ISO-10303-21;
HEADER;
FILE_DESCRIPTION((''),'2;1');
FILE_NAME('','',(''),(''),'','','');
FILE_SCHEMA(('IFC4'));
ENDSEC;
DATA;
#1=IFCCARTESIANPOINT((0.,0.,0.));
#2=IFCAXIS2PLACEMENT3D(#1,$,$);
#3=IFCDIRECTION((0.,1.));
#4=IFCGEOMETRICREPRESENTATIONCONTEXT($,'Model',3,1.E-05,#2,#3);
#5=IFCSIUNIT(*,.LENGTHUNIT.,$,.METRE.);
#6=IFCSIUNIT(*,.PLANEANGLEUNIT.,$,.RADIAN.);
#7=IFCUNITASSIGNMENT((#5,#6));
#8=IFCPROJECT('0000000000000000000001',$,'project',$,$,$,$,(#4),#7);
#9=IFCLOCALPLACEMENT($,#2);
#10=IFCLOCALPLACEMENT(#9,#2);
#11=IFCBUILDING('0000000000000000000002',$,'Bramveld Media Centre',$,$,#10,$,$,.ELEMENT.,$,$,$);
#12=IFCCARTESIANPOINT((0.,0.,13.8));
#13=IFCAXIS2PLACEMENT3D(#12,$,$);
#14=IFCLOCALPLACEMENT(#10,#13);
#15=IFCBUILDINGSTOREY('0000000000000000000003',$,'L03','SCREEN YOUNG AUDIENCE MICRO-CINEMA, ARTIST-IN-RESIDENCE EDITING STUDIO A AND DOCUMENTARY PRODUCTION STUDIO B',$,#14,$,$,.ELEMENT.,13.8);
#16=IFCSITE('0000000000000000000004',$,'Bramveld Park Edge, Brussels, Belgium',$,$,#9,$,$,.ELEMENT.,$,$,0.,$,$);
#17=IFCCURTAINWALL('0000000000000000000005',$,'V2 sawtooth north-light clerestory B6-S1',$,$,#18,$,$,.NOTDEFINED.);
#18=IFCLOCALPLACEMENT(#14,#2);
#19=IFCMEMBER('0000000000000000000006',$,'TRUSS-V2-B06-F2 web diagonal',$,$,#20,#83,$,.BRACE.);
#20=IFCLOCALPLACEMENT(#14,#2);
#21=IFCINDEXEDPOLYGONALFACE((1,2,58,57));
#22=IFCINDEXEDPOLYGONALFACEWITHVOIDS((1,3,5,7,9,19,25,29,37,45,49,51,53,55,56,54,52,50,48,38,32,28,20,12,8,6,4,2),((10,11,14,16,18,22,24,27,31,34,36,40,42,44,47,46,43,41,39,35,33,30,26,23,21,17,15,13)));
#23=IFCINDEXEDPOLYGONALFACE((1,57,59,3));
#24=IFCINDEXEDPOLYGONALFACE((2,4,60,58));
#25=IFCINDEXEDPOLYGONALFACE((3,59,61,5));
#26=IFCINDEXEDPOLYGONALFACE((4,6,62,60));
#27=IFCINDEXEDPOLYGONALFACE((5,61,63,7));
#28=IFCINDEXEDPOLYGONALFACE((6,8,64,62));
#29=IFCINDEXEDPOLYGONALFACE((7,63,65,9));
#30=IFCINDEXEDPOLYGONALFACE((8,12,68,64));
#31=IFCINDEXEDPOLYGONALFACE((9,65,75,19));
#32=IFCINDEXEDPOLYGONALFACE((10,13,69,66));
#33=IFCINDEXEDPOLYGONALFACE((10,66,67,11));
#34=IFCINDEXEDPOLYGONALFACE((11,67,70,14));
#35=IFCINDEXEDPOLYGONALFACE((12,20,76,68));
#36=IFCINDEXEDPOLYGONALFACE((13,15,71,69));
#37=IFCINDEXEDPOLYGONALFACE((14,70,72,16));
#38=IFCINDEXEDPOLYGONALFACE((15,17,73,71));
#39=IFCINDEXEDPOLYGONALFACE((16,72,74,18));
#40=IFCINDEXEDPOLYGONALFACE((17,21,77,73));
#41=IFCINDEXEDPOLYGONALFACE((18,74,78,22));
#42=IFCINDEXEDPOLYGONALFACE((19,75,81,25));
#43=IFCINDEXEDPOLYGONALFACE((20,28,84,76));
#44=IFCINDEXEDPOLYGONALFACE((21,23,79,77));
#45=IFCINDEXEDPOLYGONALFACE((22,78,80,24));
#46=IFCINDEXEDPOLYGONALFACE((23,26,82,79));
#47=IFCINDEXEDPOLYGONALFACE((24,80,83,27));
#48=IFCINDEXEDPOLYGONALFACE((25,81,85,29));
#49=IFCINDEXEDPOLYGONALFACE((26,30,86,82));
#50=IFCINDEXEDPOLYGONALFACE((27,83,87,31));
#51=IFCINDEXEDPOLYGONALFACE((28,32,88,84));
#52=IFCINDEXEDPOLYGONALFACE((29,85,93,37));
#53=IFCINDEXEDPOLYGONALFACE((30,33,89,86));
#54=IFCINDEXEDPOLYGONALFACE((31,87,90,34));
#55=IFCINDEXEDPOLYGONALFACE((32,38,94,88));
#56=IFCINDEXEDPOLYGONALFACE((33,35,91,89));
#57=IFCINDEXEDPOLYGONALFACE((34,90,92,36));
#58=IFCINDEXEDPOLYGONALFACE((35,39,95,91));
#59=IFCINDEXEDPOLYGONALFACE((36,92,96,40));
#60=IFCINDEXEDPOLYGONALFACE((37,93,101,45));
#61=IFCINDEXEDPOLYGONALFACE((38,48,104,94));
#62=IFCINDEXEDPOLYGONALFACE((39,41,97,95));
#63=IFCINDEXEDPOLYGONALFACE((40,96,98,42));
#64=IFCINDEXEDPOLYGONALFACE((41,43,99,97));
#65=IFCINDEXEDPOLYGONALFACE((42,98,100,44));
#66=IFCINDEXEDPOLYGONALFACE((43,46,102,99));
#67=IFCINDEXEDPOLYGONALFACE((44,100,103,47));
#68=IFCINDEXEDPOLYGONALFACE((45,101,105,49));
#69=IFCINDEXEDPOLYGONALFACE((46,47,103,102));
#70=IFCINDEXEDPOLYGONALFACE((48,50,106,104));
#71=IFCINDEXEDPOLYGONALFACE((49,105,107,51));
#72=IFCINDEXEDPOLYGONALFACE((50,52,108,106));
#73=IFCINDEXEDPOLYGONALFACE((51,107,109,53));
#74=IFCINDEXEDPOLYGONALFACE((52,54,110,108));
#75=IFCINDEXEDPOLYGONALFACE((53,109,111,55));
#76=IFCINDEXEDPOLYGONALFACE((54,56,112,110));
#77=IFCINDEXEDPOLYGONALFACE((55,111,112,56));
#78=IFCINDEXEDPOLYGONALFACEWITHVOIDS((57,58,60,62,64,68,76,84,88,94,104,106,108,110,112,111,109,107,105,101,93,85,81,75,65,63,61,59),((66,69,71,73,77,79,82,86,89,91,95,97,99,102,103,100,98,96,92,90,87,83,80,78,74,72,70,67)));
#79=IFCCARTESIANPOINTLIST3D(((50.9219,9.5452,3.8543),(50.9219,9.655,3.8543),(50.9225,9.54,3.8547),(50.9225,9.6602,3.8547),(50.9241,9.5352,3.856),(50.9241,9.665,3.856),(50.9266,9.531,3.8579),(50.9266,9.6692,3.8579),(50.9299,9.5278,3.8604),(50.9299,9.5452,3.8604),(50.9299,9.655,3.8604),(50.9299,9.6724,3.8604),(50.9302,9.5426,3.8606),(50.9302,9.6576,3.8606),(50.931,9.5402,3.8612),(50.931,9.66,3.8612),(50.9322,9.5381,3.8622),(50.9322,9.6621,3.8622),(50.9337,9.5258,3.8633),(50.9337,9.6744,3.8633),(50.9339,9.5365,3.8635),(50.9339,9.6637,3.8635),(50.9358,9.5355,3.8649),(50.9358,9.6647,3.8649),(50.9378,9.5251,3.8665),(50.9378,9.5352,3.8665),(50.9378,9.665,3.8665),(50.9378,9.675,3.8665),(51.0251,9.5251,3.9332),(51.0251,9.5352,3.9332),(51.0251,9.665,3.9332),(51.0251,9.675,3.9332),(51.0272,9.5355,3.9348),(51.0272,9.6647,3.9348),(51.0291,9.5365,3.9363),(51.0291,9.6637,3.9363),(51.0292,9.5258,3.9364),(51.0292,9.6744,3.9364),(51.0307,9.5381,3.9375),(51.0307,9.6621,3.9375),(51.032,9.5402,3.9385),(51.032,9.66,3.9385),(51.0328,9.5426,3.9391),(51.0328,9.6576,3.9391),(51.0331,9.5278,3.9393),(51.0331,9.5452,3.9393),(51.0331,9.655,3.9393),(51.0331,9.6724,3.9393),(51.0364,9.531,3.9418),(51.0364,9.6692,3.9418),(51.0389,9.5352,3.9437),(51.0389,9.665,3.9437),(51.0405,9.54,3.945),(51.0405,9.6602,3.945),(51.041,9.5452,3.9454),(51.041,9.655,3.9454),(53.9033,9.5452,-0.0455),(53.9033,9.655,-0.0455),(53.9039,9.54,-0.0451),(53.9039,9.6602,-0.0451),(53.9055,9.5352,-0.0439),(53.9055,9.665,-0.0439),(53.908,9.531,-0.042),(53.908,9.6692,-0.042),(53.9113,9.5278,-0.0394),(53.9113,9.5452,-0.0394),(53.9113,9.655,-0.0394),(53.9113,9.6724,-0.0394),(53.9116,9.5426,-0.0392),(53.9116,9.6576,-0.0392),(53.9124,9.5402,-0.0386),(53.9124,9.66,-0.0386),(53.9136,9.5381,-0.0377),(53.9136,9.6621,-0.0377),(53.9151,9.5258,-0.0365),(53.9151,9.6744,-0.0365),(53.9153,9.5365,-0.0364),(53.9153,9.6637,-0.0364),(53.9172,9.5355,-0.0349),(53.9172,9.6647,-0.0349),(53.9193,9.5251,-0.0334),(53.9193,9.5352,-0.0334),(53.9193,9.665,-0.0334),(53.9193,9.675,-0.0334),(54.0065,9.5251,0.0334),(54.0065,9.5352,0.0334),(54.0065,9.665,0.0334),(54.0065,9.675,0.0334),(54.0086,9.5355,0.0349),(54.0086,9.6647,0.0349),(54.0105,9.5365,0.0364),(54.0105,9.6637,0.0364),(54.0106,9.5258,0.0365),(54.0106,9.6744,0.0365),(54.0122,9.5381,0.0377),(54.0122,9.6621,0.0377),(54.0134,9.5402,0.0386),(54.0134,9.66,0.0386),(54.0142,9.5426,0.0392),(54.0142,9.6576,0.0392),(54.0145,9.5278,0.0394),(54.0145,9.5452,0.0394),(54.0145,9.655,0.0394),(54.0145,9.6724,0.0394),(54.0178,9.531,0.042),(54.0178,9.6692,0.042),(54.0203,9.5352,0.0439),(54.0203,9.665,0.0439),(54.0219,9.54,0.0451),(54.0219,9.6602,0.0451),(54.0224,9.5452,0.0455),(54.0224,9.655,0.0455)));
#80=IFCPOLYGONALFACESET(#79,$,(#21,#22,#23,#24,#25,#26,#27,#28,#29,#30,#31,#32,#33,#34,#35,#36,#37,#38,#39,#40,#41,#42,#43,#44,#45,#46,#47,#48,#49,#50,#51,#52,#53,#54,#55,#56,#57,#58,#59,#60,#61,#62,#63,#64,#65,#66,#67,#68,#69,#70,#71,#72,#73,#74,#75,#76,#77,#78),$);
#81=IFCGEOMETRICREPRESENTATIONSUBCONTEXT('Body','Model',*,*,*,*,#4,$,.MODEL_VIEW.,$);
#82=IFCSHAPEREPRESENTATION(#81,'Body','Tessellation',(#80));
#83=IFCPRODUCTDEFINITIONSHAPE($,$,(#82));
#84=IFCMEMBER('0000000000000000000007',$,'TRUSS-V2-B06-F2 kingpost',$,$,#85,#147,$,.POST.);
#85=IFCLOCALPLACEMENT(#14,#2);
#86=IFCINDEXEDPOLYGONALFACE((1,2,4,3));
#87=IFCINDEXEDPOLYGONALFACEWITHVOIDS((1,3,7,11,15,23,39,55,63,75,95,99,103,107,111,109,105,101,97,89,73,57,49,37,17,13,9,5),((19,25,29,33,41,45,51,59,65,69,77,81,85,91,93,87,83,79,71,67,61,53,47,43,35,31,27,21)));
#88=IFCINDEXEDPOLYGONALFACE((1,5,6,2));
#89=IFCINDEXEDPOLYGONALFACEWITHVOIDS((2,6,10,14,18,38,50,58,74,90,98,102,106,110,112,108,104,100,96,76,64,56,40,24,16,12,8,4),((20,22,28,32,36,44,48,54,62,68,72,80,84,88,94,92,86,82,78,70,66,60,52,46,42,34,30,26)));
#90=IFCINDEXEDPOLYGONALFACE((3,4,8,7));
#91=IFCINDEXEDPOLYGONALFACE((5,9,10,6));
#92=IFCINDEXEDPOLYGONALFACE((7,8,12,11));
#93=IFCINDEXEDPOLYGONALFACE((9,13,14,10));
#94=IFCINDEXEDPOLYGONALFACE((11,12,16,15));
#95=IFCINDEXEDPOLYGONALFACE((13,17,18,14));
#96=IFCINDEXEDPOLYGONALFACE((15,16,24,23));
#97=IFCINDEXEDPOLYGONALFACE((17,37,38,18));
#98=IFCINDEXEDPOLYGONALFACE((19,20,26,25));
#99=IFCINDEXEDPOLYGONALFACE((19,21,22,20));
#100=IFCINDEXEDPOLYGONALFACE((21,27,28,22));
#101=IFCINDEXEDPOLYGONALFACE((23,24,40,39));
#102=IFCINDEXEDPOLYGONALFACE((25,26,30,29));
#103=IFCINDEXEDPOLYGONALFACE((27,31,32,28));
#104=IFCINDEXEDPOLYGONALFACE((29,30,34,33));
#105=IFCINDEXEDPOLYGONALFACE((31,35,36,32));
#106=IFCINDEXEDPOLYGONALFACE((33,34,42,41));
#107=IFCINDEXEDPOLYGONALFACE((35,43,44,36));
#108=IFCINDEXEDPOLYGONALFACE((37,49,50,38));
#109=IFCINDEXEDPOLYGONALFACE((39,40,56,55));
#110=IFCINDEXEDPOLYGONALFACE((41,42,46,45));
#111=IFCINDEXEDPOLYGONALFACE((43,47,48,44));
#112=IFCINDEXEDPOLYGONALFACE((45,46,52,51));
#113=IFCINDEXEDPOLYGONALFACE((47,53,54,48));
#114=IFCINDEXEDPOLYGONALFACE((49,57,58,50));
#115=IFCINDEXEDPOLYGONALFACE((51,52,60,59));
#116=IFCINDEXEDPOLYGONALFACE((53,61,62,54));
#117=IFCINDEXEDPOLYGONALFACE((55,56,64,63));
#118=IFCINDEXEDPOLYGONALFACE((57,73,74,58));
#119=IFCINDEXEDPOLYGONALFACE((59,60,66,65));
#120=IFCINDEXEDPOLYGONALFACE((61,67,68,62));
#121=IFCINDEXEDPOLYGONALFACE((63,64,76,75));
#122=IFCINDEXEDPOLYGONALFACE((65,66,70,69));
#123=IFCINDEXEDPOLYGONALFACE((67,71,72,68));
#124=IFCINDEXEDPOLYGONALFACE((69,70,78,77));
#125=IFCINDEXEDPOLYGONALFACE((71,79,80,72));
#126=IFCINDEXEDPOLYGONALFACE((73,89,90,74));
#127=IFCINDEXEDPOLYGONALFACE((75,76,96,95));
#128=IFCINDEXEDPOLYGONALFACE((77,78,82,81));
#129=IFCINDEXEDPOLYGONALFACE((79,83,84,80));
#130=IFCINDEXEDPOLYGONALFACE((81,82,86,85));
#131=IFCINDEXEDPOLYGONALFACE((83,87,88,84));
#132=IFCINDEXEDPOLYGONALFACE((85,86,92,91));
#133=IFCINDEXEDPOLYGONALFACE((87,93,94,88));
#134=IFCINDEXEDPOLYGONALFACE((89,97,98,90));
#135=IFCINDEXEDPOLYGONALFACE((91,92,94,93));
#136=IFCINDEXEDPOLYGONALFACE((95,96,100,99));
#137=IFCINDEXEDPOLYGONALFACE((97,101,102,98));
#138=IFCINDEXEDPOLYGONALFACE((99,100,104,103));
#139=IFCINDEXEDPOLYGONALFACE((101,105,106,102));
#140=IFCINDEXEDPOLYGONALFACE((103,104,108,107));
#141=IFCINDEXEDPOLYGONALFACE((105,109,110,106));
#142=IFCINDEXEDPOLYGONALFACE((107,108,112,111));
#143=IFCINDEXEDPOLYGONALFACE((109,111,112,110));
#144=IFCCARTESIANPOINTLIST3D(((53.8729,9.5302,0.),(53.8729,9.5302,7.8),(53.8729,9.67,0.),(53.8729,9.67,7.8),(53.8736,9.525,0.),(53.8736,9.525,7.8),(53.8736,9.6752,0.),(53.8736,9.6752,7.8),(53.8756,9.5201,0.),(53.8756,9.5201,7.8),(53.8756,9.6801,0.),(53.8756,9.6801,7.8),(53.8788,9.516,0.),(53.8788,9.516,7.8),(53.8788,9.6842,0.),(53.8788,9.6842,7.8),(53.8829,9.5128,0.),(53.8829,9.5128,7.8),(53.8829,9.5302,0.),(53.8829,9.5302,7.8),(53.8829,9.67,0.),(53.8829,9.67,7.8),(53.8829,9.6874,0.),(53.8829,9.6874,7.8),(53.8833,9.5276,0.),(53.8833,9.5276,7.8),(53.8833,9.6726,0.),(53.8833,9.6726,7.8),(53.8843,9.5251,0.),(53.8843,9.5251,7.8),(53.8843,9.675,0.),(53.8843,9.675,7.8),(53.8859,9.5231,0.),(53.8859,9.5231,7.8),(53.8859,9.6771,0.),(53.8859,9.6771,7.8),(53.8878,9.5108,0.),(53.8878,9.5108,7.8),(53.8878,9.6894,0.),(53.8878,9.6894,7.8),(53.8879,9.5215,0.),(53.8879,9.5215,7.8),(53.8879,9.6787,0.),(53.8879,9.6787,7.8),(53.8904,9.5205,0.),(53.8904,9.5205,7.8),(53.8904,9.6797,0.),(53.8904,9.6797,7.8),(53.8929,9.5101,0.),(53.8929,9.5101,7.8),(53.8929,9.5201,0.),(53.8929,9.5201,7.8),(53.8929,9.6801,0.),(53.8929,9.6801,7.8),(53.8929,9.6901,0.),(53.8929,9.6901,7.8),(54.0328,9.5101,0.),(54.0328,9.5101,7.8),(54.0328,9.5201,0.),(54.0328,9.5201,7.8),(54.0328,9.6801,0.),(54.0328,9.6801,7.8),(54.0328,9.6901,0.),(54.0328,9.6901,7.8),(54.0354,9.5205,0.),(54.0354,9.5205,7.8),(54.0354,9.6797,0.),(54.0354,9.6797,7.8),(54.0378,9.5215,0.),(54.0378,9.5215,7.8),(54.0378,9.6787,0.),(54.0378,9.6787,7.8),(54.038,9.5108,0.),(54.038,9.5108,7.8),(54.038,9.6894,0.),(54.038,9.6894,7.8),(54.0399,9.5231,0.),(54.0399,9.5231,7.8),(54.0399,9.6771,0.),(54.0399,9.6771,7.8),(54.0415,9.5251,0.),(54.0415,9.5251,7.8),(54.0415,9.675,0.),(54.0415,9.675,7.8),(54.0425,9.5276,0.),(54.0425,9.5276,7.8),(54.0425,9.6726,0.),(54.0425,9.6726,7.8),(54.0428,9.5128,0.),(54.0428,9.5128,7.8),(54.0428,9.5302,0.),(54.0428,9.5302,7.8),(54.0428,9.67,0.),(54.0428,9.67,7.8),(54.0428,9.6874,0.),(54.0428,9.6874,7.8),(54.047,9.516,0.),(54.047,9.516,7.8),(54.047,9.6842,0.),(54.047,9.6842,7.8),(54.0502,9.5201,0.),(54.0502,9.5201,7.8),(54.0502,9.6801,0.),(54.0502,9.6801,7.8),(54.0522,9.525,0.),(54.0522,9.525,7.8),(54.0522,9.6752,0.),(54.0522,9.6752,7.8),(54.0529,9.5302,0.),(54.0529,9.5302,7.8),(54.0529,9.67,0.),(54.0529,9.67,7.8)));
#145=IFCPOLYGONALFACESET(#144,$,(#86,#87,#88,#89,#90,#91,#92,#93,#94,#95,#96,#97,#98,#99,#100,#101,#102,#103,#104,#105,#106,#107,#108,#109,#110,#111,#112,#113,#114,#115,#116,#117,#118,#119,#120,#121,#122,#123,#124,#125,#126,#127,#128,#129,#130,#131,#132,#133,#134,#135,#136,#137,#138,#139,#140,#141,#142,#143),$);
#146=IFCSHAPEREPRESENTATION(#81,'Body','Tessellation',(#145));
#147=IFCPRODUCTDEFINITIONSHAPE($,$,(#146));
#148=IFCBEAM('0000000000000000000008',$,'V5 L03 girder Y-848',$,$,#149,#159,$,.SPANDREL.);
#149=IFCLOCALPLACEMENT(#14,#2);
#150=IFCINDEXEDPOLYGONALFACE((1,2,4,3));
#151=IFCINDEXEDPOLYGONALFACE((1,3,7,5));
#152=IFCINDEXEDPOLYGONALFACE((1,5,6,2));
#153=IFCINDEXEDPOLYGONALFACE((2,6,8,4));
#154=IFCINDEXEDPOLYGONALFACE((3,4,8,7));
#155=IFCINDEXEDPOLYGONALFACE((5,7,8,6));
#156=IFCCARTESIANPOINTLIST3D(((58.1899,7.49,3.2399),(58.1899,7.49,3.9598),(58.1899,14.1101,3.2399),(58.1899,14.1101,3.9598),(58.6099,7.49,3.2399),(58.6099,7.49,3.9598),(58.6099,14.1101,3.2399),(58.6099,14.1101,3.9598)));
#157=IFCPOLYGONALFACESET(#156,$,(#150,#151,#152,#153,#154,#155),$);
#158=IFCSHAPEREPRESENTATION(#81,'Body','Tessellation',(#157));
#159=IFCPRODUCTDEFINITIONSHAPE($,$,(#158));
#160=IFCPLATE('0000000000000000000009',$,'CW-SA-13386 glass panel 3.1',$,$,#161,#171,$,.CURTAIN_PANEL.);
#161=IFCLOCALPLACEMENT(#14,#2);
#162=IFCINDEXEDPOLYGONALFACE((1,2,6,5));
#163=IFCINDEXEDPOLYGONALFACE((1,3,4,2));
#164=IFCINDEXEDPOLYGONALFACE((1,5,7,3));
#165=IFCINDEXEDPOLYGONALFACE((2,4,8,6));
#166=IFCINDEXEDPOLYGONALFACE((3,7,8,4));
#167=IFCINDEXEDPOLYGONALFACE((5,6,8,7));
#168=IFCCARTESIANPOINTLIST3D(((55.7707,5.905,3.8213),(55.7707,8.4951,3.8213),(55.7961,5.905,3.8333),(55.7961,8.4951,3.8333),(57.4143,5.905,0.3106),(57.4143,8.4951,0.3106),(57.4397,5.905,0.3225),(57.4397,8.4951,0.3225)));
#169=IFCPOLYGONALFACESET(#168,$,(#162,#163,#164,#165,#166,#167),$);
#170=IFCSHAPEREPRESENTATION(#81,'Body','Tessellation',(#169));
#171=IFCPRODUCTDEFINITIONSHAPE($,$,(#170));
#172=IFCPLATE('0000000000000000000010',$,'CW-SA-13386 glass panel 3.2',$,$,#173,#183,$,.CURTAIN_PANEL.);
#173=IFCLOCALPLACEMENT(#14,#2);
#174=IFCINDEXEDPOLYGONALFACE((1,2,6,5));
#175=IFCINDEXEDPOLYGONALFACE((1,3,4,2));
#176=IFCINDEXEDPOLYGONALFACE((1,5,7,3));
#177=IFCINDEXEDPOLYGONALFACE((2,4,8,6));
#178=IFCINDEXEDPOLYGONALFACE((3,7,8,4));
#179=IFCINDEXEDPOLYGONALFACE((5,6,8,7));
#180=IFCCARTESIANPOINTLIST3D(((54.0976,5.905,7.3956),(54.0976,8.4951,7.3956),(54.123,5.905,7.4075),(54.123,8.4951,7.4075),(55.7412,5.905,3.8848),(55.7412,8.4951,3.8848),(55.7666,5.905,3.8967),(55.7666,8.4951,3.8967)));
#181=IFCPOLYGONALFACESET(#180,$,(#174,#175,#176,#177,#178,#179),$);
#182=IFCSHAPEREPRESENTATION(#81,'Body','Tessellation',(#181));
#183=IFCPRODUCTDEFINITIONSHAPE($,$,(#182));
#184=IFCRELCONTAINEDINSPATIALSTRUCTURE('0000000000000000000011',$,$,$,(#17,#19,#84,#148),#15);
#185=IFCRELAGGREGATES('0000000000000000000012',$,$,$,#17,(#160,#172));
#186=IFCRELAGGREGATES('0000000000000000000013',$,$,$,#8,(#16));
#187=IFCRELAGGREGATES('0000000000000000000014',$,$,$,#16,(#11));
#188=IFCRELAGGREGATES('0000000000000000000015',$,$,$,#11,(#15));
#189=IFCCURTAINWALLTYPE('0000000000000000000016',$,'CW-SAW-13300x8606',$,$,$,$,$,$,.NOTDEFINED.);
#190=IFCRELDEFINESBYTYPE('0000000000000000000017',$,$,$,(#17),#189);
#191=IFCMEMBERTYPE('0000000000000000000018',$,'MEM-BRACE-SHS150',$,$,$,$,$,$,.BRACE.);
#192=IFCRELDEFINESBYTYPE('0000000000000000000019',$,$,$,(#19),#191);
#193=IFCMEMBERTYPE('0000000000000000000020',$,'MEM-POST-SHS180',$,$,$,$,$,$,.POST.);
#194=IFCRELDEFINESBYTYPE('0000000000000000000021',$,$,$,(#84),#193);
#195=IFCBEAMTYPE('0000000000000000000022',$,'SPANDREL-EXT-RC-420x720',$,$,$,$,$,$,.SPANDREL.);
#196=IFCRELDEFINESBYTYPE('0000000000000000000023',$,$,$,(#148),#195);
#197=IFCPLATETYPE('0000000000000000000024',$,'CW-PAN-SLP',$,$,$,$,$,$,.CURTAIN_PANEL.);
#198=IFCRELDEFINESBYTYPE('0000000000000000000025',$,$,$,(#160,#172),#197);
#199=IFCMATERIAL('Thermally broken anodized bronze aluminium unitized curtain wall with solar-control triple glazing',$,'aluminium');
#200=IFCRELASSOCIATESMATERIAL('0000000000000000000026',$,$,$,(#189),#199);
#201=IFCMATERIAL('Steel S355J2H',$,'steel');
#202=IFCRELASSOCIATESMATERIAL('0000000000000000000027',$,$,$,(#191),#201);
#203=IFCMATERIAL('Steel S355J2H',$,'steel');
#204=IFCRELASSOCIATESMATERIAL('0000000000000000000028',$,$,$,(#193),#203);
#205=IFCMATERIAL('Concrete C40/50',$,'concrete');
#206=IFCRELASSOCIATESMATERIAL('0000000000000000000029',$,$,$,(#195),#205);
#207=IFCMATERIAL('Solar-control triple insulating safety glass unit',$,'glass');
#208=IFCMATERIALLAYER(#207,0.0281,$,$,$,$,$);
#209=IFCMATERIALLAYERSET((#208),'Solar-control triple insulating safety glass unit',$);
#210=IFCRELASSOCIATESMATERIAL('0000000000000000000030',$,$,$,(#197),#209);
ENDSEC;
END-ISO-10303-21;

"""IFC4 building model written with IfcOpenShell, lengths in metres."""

from ifc_helpers import new_model, si_unit, direction, frame, origin, origin_2d, place, context, subcontext, project, spatial, polyline, rectangle, hollow_rectangle, outline, extrude, material, layer, layer_set, material_profile, profile_set, type_object, element, aggregate, save


model = new_model("IFC4")

# Units and contexts
model_context = context("Model", 3, precision=1e-05, world=origin(), true_north=direction((0.0, 1.0)))
body_context = subcontext(model_context, "Body", "Model", "MODEL_VIEW")
ifc_project = project(units=[si_unit("LENGTHUNIT", "METRE"), si_unit("PLANEANGLEUNIT", "RADIAN")], contexts=[model_context])

# Site, building, storey
site_placement = place(None, origin())
site = spatial("IfcSite", under=ifc_project, at=site_placement, Name="Bramveld Park Edge, Brussels, Belgium", CompositionType="ELEMENT", RefElevation=0.0)
building_placement = place(site_placement, origin())
building = spatial("IfcBuilding", under=site, at=building_placement, Name="Bramveld Media Centre", CompositionType="ELEMENT")
storey_placement = place(building_placement, frame((0.0, 0.0, 13.8)))
storey = spatial("IfcBuildingStorey", under=building, at=storey_placement, Name="L03", Description="SCREEN YOUNG AUDIENCE MICRO-CINEMA, ARTIST-IN-RESIDENCE EDITING STUDIO A AND DOCUMENTARY PRODUCTION STUDIO B", CompositionType="ELEMENT", Elevation=13.8)

# Curtain wall
ifc_material_1 = material(Name="Thermally broken anodized bronze aluminium unitized curtain wall with solar-control triple glazing", Category="aluminium")
curtain_wall_type = type_object("IfcCurtainWallType", Name="CW-SAW-13300x8606", PredefinedType="NOTDEFINED", material=ifc_material_1)
curtain_wall_placement = place(storey_placement, origin())
curtain_wall = element("IfcCurtainWall", 1, at=curtain_wall_placement, inside=storey, type_object=curtain_wall_type, Name="V2 sawtooth north-light clerestory B6-S1", PredefinedType="NOTDEFINED")

# Members
ifc_material_2 = material(Name="Steel S355J2H", Category="steel")
ifc_material_profile_1 = material_profile(ifc_material_2, hollow_rectangle(XDim=0.1499, YDim=0.1499, WallThickness=0.01, InnerFilletRadius=0.01, OuterFilletRadius=0.02, at=origin_2d()), Name="SHS 150x150x10")
ifc_profile_set_1 = profile_set([ifc_material_profile_1], Name="Steel S355J2H")
member_type_1 = type_object("IfcMemberType", Name="MEM-BRACE-SHS150", PredefinedType="BRACE", material=ifc_profile_set_1)
member_1_placement = place(storey_placement, frame((53.9629, 9.6001, 0.0), z_axis=(-0.607343, 0.0, 0.79444), x_axis=(0.0, -1.0, 0.0)))
element("IfcMember", 2, at=member_1_placement, inside=storey, type_object=member_type_1, Name="TRUSS-V2-B06-F2 web diagonal", PredefinedType="BRACE", context=body_context, shape_type="SweptSolid", body=[
    extrude(hollow_rectangle(XDim=0.1499, YDim=0.1499, WallThickness=0.01, InnerFilletRadius=0.01, OuterFilletRadius=0.02, at=origin_2d()), origin(), (0.0, 0.0, 1.0), 4.9089),
])
ifc_material_3 = material(Name="Steel S355J2H", Category="steel")
ifc_material_profile_2 = material_profile(ifc_material_3, hollow_rectangle(XDim=0.1799, YDim=0.1799, WallThickness=0.01, InnerFilletRadius=0.01, OuterFilletRadius=0.02, at=origin_2d()), Name="SHS 180x180x10")
ifc_profile_set_2 = profile_set([ifc_material_profile_2], Name="Steel S355J2H")
member_type_2 = type_object("IfcMemberType", Name="MEM-POST-SHS180", PredefinedType="POST", material=ifc_profile_set_2)
member_2_placement = place(storey_placement, frame((53.9629, 9.6001, 0.0), z_axis=(0.0, 0.0, 1.0), x_axis=(1.0, 0.0, 0.0)))
element("IfcMember", 3, at=member_2_placement, inside=storey, type_object=member_type_2, Name="TRUSS-V2-B06-F2 kingpost", PredefinedType="POST", context=body_context, shape_type="SweptSolid", body=[
    extrude(hollow_rectangle(XDim=0.1799, YDim=0.1799, WallThickness=0.01, InnerFilletRadius=0.01, OuterFilletRadius=0.02, at=origin_2d()), origin(), (0.0, 0.0, 1.0), 7.8),
])

# Beam
ifc_material_4 = material(Name="Concrete C40/50", Category="concrete")
ifc_material_profile_3 = material_profile(ifc_material_4, rectangle(XDim=0.4199, YDim=0.72, at=origin_2d()), Name="RC 420x720")
ifc_profile_set_3 = profile_set([ifc_material_profile_3], Name="Concrete C40/50")
beam_type_1 = type_object("IfcBeamType", Name="SPANDREL-EXT-RC-420x720", PredefinedType="SPANDREL", material=ifc_profile_set_3)
beam_1_placement = place(storey_placement, frame((58.3999, 7.49, 3.5999), z_axis=(0.0, 1.0, 0.0), x_axis=(-1.0, 0.0, 0.0)))
element("IfcBeam", 4, at=beam_1_placement, inside=storey, type_object=beam_type_1, Name="V5 L03 girder Y-848", PredefinedType="SPANDREL", context=body_context, shape_type="SweptSolid", body=[
    extrude(rectangle(XDim=0.4199, YDim=0.72, at=origin_2d()), origin(), (0.0, 0.0, 1.0), 6.6201),
])

# Plates
ifc_material_5 = material(Name="Solar-control triple insulating safety glass unit", Category="glass")
ifc_layer_1 = layer(ifc_material_5, 0.0281)
ifc_layer_set_1 = layer_set([ifc_layer_1], Name="Solar-control triple insulating safety glass unit")
plate_type_1 = type_object("IfcPlateType", Name="CW-PAN-SLP", PredefinedType="CURTAIN_PANEL", material=ifc_layer_set_1)
plate_1_placement = place(storey_placement, frame((57.4397, 5.905, 0.3225), z_axis=(0.905668, 0.0, 0.423988), x_axis=(0.0, 1.0, 0.0)))
plate_1 = element("IfcPlate", 5, at=plate_1_placement, type_object=plate_type_1, Name="CW-SA-13386 glass panel 3.1", PredefinedType="CURTAIN_PANEL", context=body_context, shape_type="SweptSolid", body=[
    extrude(outline(polyline([(0.0, 0.0), (2.5901, 0.0), (2.5901, 3.8764), (0.0, 3.8764), (0.0, 0.0)])), origin(), (0.0, 0.0, -1.0), 0.0281),
])
plate_2_placement = place(storey_placement, frame((55.7666, 5.905, 3.8967), z_axis=(0.905668, 0.0, 0.423988), x_axis=(0.0, 1.0, 0.0)))
plate_2 = element("IfcPlate", 6, at=plate_2_placement, type_object=plate_type_1, Name="CW-SA-13386 glass panel 3.2", PredefinedType="CURTAIN_PANEL", context=body_context, shape_type="SweptSolid", body=[
    extrude(outline(polyline([(0.0, 0.0), (2.5901, 0.0), (2.5901, 3.8764), (0.0, 3.8764), (0.0, 0.0)])), origin(), (0.0, 0.0, -1.0), 0.0281),
])
aggregate(curtain_wall, [plate_1, plate_2])

save(model, "model.ifc")
